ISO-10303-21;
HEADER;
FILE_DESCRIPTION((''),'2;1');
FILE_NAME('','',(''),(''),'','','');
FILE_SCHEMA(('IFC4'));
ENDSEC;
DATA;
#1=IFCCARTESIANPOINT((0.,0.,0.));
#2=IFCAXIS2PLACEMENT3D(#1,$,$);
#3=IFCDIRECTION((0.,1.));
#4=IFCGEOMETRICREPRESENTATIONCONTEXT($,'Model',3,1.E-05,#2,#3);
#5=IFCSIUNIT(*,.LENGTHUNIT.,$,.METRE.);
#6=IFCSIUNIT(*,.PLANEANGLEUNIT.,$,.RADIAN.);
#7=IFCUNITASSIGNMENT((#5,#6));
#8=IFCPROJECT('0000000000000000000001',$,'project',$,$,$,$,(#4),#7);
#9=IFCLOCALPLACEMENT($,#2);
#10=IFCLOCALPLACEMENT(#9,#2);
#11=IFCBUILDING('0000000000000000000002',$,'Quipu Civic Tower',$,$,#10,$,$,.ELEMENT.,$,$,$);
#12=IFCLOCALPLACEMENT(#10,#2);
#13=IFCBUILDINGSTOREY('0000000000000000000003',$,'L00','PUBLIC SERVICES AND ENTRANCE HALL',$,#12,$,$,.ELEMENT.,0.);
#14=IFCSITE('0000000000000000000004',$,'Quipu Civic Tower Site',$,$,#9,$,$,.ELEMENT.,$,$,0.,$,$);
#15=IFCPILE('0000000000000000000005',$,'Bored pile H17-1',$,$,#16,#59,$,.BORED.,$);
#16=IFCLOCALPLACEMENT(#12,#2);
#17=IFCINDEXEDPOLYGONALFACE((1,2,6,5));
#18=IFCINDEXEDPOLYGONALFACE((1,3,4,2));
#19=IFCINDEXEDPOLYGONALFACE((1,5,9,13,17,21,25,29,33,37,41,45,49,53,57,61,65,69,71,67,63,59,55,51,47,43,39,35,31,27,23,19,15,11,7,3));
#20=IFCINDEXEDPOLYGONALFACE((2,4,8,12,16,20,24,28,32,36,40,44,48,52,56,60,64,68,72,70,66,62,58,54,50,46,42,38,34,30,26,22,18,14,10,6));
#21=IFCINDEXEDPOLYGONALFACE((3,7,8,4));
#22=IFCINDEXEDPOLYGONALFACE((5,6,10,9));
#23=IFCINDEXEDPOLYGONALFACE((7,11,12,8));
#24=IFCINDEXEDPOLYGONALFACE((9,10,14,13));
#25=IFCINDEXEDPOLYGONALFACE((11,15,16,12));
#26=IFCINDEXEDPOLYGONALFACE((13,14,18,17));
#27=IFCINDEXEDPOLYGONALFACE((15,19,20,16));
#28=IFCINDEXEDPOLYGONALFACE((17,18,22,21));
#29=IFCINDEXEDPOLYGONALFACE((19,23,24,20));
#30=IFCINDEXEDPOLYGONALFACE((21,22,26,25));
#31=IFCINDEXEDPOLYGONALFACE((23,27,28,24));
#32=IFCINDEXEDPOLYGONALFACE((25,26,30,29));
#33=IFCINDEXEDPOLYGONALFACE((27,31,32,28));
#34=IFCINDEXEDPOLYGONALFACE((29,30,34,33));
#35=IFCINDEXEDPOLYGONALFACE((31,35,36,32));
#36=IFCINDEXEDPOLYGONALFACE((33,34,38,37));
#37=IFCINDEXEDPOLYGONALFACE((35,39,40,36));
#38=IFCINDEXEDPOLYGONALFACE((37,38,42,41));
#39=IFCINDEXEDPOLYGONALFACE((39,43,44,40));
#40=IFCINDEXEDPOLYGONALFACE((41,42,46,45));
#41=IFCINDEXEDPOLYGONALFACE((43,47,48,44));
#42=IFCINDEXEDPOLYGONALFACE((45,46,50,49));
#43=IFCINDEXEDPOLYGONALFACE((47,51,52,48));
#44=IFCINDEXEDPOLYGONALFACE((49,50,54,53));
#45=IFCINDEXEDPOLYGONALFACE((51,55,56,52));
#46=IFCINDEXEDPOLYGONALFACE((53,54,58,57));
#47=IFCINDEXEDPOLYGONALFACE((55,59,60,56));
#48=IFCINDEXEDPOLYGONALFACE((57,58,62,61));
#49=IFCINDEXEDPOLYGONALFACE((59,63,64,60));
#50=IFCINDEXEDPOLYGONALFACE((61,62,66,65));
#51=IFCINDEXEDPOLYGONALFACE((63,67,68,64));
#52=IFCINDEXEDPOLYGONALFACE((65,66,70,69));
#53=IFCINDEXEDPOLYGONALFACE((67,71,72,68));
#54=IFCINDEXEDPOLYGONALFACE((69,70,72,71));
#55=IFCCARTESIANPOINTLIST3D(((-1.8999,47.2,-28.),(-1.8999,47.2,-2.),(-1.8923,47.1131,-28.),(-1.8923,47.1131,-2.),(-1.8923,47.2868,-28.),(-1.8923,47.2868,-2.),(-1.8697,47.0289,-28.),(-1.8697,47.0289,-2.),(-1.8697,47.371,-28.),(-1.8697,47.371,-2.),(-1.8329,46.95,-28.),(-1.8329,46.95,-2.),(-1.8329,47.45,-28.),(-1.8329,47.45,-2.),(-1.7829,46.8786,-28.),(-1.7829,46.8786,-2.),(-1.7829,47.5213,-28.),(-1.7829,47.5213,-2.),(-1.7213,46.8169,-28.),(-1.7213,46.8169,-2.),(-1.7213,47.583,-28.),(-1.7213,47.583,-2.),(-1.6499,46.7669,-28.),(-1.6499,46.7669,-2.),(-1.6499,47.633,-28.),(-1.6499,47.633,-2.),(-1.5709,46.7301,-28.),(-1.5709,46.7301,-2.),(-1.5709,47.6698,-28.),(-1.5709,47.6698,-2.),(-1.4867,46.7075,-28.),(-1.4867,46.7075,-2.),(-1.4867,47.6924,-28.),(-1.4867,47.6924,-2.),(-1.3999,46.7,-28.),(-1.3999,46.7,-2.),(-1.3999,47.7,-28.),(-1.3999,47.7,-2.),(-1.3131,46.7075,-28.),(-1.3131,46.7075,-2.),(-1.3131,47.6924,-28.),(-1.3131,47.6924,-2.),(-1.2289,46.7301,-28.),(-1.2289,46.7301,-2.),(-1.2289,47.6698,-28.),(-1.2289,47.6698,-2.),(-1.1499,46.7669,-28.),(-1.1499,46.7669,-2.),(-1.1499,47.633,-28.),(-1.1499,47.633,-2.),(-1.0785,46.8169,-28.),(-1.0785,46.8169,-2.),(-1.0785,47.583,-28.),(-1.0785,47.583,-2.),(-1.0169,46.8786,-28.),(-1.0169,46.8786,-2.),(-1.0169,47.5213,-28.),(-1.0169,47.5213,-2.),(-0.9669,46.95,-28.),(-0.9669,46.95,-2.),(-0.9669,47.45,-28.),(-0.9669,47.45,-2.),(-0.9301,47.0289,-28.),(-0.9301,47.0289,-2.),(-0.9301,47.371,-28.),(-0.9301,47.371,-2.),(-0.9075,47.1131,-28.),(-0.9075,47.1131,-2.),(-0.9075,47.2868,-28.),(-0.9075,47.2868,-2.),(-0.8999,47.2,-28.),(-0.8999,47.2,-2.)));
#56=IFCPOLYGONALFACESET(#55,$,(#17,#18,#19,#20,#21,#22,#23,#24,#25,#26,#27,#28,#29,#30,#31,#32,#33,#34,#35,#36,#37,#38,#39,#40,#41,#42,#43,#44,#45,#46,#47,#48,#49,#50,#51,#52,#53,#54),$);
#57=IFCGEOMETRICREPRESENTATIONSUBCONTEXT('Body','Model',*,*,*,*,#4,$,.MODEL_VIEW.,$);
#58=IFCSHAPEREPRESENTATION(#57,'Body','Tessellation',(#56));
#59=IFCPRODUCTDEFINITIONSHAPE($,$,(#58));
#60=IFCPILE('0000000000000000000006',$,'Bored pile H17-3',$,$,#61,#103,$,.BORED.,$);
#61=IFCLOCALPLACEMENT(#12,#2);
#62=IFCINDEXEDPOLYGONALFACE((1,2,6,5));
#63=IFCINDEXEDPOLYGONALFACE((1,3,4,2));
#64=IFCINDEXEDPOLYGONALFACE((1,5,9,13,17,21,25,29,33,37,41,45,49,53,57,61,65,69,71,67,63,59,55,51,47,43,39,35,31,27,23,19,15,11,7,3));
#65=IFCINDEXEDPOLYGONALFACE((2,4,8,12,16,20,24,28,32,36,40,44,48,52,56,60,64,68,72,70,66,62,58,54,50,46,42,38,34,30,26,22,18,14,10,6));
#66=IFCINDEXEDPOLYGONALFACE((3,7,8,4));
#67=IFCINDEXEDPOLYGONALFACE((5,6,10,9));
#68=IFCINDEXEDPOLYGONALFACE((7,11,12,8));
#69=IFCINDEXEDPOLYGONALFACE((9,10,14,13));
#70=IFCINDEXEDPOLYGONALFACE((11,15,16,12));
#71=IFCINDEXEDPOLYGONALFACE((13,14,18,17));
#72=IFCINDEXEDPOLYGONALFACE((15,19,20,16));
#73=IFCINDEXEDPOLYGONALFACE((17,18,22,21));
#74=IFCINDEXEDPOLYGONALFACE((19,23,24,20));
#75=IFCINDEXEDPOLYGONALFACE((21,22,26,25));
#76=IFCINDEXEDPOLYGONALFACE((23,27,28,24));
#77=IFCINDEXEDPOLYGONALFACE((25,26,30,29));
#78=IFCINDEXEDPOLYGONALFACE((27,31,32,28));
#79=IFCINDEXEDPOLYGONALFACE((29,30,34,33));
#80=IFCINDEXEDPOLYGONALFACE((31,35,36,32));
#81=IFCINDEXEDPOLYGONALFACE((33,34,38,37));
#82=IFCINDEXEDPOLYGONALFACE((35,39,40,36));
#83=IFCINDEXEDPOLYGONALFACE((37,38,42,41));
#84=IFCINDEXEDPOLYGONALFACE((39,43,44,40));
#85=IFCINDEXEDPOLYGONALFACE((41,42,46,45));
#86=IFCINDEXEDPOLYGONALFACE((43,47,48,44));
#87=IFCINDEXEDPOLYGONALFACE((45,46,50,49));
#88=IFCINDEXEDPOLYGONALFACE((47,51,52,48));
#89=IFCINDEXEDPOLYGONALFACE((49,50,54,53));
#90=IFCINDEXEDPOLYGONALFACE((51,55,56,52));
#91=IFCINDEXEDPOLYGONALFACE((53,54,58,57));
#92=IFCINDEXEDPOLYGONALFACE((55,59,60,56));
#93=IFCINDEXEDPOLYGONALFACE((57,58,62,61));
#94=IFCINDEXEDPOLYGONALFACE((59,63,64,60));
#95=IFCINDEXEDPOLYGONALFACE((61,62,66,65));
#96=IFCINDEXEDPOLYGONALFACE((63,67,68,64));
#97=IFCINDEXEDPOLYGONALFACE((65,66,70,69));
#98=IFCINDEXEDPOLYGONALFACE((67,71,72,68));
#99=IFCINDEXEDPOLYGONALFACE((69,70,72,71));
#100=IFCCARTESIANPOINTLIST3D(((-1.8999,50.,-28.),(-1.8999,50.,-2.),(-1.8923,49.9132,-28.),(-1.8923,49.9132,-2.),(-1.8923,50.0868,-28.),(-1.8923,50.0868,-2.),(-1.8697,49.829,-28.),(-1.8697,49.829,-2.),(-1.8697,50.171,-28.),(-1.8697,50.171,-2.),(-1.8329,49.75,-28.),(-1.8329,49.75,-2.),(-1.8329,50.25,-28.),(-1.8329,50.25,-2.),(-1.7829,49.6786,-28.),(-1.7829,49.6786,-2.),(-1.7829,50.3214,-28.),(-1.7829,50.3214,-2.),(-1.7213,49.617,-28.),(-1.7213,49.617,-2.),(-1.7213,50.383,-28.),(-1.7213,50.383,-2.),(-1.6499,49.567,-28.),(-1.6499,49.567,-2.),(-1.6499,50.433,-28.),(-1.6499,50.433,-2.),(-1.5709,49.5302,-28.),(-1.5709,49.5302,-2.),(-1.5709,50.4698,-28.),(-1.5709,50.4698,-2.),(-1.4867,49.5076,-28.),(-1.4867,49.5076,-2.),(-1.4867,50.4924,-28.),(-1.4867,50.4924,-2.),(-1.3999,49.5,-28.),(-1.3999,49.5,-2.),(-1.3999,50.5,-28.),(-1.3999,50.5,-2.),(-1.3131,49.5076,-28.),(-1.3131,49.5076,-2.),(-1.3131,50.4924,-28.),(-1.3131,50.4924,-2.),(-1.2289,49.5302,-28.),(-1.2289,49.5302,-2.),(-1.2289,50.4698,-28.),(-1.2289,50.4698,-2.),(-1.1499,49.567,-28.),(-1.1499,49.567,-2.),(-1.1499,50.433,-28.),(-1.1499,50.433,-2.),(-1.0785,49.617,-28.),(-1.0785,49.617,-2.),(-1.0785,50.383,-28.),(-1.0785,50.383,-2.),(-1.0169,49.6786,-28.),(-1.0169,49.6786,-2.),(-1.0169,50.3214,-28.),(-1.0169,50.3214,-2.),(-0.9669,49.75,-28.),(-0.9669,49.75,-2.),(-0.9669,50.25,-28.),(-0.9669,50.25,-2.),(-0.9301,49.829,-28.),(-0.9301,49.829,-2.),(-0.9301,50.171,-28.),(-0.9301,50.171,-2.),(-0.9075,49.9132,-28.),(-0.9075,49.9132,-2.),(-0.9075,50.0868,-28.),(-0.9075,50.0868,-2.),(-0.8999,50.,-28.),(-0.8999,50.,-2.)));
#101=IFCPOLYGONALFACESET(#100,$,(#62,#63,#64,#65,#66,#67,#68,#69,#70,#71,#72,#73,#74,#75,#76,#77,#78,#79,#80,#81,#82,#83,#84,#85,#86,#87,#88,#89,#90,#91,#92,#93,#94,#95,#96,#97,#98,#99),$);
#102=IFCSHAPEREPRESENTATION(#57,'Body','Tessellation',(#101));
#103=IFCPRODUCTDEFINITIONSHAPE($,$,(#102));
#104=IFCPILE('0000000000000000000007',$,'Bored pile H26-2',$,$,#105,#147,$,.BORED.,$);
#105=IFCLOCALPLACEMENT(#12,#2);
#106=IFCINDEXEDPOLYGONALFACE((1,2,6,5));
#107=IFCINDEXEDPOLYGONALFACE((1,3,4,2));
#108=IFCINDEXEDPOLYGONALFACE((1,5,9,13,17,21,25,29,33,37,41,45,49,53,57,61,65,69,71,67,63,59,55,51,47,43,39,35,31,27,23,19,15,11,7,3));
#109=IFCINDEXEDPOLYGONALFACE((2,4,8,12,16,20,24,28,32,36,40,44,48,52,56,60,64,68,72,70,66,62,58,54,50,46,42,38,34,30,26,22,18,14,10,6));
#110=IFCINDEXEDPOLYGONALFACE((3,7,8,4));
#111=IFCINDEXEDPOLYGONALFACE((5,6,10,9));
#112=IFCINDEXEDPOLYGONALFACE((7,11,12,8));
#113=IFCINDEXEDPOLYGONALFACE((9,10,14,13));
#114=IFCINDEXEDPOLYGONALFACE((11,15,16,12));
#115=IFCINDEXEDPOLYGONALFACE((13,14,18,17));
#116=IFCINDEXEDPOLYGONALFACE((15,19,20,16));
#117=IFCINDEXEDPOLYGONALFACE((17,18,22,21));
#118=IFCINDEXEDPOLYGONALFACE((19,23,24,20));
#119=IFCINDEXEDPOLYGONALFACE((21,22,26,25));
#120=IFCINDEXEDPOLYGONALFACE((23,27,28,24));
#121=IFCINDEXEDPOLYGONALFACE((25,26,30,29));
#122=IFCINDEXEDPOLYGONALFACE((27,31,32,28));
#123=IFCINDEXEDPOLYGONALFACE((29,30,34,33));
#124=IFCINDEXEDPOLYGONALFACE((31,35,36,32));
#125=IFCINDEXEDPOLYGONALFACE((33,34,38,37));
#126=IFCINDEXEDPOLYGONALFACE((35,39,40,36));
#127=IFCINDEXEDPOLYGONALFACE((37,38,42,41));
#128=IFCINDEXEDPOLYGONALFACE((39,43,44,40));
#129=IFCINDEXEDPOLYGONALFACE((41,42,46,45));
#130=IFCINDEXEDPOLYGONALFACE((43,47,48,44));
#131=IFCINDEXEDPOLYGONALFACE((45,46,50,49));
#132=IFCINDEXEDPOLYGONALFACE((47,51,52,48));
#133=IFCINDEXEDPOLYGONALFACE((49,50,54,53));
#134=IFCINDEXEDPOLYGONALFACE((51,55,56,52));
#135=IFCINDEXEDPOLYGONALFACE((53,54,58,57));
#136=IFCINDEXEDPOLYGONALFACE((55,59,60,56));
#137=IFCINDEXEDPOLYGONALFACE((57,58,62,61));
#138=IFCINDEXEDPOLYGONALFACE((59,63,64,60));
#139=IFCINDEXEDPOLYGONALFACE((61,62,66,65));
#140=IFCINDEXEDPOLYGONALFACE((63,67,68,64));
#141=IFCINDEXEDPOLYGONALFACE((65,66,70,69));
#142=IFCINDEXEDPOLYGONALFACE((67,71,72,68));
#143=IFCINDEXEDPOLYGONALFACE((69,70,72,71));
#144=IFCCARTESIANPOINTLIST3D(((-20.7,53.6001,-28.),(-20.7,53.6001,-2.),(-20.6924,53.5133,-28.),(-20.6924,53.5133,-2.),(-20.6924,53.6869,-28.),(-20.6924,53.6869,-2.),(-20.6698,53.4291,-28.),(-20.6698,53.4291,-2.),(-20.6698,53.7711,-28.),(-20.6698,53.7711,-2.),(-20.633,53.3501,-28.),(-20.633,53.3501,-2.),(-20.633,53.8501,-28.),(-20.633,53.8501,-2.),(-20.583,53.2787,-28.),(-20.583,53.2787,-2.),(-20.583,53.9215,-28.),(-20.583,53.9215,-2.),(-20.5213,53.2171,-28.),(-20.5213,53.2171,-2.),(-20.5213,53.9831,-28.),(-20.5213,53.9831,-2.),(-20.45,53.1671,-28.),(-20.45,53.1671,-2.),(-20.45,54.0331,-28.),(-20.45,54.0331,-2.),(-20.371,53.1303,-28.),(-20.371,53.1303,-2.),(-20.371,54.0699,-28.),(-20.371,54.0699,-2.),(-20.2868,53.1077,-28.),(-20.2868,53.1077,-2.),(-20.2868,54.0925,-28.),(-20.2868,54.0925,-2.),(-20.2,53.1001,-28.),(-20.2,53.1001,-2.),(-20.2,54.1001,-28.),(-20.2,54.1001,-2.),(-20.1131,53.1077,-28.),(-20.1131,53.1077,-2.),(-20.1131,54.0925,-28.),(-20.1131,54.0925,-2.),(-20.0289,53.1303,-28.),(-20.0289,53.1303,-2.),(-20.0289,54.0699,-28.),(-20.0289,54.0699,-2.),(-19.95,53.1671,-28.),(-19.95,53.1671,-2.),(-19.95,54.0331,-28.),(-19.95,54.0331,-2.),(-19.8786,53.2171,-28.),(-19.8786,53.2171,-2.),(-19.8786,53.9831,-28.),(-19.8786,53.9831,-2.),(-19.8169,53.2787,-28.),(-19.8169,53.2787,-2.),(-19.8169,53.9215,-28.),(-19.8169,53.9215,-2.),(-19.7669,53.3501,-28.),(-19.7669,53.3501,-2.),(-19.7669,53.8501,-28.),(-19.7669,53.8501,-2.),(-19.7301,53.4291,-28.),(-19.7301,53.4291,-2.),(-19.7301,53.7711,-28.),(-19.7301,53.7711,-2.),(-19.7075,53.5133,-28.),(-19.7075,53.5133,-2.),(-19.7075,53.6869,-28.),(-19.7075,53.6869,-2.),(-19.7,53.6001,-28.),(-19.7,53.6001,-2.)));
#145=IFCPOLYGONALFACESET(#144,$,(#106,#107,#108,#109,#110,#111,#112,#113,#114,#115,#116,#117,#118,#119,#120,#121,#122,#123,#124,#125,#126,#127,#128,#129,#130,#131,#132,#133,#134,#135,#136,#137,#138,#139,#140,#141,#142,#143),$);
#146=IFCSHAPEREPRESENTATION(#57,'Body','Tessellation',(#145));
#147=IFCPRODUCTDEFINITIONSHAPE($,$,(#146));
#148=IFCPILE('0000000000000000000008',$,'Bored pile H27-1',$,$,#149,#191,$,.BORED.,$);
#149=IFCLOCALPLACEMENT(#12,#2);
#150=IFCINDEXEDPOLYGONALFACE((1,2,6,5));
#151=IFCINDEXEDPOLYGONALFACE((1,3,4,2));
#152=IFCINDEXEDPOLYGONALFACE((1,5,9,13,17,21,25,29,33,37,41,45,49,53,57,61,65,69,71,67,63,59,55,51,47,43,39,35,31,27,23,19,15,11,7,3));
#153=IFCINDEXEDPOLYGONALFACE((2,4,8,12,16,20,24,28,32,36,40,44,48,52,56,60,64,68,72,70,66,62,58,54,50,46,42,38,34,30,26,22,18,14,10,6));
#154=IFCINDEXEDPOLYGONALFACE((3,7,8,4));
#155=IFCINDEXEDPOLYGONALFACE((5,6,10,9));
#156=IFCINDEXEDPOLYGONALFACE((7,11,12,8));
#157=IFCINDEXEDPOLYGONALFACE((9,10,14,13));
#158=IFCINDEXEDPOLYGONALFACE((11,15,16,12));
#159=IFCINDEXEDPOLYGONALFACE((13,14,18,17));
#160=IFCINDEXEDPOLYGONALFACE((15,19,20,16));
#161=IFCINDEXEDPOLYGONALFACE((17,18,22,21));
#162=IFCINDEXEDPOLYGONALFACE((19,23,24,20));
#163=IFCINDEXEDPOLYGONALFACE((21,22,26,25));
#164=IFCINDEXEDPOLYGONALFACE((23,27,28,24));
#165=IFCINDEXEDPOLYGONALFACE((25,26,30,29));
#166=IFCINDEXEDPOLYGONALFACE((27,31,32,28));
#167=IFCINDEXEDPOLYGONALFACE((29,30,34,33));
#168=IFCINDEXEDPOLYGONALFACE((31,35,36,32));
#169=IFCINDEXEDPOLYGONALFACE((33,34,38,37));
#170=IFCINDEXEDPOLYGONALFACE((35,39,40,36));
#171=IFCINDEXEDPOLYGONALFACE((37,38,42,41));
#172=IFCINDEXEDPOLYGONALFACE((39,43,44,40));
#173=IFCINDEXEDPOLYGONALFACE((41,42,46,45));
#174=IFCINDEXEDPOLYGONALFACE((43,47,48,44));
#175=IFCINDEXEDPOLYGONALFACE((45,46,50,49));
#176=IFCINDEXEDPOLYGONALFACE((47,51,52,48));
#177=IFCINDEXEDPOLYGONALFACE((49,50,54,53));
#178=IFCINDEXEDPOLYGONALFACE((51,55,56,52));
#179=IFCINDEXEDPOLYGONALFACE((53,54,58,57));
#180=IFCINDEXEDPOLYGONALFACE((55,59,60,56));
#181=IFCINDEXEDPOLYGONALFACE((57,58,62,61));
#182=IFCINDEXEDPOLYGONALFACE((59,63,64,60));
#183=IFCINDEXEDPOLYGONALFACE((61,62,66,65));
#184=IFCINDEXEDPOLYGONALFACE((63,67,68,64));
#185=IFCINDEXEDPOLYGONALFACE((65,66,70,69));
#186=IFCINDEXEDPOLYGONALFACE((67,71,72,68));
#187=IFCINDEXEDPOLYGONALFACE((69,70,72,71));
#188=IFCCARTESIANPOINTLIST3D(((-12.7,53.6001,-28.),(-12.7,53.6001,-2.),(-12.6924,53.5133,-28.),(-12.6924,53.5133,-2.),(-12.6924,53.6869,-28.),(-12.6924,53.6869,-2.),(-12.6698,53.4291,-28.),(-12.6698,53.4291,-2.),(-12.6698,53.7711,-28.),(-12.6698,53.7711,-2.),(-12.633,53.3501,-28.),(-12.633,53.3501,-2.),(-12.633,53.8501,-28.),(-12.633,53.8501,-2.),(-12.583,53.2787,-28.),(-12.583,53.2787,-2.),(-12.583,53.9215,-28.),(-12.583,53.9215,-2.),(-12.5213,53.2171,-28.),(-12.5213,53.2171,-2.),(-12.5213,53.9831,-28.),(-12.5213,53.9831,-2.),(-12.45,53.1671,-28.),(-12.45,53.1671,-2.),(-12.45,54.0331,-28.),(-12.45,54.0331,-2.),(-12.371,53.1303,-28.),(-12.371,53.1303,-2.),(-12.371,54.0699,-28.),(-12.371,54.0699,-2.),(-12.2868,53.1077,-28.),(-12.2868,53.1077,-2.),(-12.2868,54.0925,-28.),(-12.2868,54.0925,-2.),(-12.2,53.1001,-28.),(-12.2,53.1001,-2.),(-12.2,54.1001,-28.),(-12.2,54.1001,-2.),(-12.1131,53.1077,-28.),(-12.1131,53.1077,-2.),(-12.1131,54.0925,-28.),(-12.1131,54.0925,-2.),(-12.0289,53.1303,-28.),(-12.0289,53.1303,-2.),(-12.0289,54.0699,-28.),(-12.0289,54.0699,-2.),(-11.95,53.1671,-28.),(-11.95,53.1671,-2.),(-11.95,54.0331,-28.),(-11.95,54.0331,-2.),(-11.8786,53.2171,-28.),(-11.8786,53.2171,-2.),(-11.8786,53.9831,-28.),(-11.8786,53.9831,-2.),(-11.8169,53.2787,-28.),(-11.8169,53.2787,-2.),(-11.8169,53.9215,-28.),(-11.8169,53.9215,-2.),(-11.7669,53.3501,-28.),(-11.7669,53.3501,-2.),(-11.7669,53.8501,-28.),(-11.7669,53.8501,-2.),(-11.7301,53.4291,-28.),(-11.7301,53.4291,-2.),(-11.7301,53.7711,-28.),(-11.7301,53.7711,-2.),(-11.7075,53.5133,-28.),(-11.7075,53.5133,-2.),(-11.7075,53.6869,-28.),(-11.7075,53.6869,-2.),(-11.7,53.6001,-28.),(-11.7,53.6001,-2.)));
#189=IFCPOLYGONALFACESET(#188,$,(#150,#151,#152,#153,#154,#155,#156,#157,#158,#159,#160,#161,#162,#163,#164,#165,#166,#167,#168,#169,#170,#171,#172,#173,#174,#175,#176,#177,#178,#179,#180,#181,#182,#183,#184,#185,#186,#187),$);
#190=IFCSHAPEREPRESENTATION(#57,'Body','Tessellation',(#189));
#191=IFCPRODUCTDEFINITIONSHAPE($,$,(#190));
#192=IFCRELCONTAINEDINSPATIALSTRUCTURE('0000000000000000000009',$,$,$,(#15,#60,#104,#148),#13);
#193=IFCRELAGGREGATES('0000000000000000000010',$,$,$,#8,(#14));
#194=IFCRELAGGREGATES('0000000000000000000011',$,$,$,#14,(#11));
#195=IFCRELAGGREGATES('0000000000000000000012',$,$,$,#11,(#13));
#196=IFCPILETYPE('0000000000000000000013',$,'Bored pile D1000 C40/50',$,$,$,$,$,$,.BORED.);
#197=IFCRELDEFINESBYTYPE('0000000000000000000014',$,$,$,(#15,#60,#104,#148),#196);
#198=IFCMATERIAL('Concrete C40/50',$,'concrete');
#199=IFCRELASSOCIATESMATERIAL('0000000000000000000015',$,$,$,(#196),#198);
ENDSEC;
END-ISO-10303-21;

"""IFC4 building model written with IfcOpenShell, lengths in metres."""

from ifc_helpers import new_model, si_unit, direction, frame, origin, origin_2d, place, context, subcontext, project, spatial, circle, extrude, material, material_profile, profile_set, type_object, element, save


model = new_model("IFC4")

# Units and contexts
model_context = context("Model", 3, precision=1e-05, world=origin(), true_north=direction((0.0, 1.0)))
body_context = subcontext(model_context, "Body", "Model", "MODEL_VIEW")
ifc_project = project(units=[si_unit("LENGTHUNIT", "METRE"), si_unit("PLANEANGLEUNIT", "RADIAN")], contexts=[model_context])

# Site, building, storey
site_placement = place(None, origin())
site = spatial("IfcSite", under=ifc_project, at=site_placement, Name="Quipu Civic Tower Site", CompositionType="ELEMENT", RefElevation=0.0)
building_placement = place(site_placement, origin())
building = spatial("IfcBuilding", under=site, at=building_placement, Name="Quipu Civic Tower", CompositionType="ELEMENT")
storey_placement = place(building_placement, origin())
storey = spatial("IfcBuildingStorey", under=building, at=storey_placement, Name="L00", Description="PUBLIC SERVICES AND ENTRANCE HALL", CompositionType="ELEMENT", Elevation=0.0)

# Piles
ifc_material_1 = material(Name="Concrete C40/50", Category="concrete")
ifc_material_profile_1 = material_profile(ifc_material_1, circle(Radius=0.5, at=origin_2d()), Name="RCD1000")
ifc_profile_set_1 = profile_set([ifc_material_profile_1], Name="Concrete C40/50")
pile_type = type_object("IfcPileType", Name="Bored pile D1000 C40/50", PredefinedType="BORED", material=ifc_profile_set_1)
for number, where, z_axis, x_axis, name in (
    (1, (-1.3999, 47.2, -2.0), (0.0, 0.0, -1.0), (1.0, 0.0, 0.0), "Bored pile H17-1"),
    (2, (-1.3999, 50.0, -2.0), (0.0, 0.0, -1.0), (1.0, 0.0, 0.0), "Bored pile H17-3"),
    (3, (-20.2, 53.6001, -2.0), (0.0, 0.0, -1.0), (1.0, 0.0, 0.0), "Bored pile H26-2"),
    (4, (-12.2, 53.6001, -2.0), (0.0, 0.0, -1.0), (1.0, 0.0, 0.0), "Bored pile H27-1"),
):
    element("IfcPile", number, at=place(storey_placement, frame(where, z_axis=z_axis, x_axis=x_axis)), inside=storey, type_object=pile_type, Name=name, PredefinedType="BORED", context=body_context, shape_type="SweptSolid", body=[
        extrude(circle(Radius=0.5, at=origin_2d()), origin(), (0.0, 0.0, 1.0), 26.0),
    ])

save(model, "model.ifc")
